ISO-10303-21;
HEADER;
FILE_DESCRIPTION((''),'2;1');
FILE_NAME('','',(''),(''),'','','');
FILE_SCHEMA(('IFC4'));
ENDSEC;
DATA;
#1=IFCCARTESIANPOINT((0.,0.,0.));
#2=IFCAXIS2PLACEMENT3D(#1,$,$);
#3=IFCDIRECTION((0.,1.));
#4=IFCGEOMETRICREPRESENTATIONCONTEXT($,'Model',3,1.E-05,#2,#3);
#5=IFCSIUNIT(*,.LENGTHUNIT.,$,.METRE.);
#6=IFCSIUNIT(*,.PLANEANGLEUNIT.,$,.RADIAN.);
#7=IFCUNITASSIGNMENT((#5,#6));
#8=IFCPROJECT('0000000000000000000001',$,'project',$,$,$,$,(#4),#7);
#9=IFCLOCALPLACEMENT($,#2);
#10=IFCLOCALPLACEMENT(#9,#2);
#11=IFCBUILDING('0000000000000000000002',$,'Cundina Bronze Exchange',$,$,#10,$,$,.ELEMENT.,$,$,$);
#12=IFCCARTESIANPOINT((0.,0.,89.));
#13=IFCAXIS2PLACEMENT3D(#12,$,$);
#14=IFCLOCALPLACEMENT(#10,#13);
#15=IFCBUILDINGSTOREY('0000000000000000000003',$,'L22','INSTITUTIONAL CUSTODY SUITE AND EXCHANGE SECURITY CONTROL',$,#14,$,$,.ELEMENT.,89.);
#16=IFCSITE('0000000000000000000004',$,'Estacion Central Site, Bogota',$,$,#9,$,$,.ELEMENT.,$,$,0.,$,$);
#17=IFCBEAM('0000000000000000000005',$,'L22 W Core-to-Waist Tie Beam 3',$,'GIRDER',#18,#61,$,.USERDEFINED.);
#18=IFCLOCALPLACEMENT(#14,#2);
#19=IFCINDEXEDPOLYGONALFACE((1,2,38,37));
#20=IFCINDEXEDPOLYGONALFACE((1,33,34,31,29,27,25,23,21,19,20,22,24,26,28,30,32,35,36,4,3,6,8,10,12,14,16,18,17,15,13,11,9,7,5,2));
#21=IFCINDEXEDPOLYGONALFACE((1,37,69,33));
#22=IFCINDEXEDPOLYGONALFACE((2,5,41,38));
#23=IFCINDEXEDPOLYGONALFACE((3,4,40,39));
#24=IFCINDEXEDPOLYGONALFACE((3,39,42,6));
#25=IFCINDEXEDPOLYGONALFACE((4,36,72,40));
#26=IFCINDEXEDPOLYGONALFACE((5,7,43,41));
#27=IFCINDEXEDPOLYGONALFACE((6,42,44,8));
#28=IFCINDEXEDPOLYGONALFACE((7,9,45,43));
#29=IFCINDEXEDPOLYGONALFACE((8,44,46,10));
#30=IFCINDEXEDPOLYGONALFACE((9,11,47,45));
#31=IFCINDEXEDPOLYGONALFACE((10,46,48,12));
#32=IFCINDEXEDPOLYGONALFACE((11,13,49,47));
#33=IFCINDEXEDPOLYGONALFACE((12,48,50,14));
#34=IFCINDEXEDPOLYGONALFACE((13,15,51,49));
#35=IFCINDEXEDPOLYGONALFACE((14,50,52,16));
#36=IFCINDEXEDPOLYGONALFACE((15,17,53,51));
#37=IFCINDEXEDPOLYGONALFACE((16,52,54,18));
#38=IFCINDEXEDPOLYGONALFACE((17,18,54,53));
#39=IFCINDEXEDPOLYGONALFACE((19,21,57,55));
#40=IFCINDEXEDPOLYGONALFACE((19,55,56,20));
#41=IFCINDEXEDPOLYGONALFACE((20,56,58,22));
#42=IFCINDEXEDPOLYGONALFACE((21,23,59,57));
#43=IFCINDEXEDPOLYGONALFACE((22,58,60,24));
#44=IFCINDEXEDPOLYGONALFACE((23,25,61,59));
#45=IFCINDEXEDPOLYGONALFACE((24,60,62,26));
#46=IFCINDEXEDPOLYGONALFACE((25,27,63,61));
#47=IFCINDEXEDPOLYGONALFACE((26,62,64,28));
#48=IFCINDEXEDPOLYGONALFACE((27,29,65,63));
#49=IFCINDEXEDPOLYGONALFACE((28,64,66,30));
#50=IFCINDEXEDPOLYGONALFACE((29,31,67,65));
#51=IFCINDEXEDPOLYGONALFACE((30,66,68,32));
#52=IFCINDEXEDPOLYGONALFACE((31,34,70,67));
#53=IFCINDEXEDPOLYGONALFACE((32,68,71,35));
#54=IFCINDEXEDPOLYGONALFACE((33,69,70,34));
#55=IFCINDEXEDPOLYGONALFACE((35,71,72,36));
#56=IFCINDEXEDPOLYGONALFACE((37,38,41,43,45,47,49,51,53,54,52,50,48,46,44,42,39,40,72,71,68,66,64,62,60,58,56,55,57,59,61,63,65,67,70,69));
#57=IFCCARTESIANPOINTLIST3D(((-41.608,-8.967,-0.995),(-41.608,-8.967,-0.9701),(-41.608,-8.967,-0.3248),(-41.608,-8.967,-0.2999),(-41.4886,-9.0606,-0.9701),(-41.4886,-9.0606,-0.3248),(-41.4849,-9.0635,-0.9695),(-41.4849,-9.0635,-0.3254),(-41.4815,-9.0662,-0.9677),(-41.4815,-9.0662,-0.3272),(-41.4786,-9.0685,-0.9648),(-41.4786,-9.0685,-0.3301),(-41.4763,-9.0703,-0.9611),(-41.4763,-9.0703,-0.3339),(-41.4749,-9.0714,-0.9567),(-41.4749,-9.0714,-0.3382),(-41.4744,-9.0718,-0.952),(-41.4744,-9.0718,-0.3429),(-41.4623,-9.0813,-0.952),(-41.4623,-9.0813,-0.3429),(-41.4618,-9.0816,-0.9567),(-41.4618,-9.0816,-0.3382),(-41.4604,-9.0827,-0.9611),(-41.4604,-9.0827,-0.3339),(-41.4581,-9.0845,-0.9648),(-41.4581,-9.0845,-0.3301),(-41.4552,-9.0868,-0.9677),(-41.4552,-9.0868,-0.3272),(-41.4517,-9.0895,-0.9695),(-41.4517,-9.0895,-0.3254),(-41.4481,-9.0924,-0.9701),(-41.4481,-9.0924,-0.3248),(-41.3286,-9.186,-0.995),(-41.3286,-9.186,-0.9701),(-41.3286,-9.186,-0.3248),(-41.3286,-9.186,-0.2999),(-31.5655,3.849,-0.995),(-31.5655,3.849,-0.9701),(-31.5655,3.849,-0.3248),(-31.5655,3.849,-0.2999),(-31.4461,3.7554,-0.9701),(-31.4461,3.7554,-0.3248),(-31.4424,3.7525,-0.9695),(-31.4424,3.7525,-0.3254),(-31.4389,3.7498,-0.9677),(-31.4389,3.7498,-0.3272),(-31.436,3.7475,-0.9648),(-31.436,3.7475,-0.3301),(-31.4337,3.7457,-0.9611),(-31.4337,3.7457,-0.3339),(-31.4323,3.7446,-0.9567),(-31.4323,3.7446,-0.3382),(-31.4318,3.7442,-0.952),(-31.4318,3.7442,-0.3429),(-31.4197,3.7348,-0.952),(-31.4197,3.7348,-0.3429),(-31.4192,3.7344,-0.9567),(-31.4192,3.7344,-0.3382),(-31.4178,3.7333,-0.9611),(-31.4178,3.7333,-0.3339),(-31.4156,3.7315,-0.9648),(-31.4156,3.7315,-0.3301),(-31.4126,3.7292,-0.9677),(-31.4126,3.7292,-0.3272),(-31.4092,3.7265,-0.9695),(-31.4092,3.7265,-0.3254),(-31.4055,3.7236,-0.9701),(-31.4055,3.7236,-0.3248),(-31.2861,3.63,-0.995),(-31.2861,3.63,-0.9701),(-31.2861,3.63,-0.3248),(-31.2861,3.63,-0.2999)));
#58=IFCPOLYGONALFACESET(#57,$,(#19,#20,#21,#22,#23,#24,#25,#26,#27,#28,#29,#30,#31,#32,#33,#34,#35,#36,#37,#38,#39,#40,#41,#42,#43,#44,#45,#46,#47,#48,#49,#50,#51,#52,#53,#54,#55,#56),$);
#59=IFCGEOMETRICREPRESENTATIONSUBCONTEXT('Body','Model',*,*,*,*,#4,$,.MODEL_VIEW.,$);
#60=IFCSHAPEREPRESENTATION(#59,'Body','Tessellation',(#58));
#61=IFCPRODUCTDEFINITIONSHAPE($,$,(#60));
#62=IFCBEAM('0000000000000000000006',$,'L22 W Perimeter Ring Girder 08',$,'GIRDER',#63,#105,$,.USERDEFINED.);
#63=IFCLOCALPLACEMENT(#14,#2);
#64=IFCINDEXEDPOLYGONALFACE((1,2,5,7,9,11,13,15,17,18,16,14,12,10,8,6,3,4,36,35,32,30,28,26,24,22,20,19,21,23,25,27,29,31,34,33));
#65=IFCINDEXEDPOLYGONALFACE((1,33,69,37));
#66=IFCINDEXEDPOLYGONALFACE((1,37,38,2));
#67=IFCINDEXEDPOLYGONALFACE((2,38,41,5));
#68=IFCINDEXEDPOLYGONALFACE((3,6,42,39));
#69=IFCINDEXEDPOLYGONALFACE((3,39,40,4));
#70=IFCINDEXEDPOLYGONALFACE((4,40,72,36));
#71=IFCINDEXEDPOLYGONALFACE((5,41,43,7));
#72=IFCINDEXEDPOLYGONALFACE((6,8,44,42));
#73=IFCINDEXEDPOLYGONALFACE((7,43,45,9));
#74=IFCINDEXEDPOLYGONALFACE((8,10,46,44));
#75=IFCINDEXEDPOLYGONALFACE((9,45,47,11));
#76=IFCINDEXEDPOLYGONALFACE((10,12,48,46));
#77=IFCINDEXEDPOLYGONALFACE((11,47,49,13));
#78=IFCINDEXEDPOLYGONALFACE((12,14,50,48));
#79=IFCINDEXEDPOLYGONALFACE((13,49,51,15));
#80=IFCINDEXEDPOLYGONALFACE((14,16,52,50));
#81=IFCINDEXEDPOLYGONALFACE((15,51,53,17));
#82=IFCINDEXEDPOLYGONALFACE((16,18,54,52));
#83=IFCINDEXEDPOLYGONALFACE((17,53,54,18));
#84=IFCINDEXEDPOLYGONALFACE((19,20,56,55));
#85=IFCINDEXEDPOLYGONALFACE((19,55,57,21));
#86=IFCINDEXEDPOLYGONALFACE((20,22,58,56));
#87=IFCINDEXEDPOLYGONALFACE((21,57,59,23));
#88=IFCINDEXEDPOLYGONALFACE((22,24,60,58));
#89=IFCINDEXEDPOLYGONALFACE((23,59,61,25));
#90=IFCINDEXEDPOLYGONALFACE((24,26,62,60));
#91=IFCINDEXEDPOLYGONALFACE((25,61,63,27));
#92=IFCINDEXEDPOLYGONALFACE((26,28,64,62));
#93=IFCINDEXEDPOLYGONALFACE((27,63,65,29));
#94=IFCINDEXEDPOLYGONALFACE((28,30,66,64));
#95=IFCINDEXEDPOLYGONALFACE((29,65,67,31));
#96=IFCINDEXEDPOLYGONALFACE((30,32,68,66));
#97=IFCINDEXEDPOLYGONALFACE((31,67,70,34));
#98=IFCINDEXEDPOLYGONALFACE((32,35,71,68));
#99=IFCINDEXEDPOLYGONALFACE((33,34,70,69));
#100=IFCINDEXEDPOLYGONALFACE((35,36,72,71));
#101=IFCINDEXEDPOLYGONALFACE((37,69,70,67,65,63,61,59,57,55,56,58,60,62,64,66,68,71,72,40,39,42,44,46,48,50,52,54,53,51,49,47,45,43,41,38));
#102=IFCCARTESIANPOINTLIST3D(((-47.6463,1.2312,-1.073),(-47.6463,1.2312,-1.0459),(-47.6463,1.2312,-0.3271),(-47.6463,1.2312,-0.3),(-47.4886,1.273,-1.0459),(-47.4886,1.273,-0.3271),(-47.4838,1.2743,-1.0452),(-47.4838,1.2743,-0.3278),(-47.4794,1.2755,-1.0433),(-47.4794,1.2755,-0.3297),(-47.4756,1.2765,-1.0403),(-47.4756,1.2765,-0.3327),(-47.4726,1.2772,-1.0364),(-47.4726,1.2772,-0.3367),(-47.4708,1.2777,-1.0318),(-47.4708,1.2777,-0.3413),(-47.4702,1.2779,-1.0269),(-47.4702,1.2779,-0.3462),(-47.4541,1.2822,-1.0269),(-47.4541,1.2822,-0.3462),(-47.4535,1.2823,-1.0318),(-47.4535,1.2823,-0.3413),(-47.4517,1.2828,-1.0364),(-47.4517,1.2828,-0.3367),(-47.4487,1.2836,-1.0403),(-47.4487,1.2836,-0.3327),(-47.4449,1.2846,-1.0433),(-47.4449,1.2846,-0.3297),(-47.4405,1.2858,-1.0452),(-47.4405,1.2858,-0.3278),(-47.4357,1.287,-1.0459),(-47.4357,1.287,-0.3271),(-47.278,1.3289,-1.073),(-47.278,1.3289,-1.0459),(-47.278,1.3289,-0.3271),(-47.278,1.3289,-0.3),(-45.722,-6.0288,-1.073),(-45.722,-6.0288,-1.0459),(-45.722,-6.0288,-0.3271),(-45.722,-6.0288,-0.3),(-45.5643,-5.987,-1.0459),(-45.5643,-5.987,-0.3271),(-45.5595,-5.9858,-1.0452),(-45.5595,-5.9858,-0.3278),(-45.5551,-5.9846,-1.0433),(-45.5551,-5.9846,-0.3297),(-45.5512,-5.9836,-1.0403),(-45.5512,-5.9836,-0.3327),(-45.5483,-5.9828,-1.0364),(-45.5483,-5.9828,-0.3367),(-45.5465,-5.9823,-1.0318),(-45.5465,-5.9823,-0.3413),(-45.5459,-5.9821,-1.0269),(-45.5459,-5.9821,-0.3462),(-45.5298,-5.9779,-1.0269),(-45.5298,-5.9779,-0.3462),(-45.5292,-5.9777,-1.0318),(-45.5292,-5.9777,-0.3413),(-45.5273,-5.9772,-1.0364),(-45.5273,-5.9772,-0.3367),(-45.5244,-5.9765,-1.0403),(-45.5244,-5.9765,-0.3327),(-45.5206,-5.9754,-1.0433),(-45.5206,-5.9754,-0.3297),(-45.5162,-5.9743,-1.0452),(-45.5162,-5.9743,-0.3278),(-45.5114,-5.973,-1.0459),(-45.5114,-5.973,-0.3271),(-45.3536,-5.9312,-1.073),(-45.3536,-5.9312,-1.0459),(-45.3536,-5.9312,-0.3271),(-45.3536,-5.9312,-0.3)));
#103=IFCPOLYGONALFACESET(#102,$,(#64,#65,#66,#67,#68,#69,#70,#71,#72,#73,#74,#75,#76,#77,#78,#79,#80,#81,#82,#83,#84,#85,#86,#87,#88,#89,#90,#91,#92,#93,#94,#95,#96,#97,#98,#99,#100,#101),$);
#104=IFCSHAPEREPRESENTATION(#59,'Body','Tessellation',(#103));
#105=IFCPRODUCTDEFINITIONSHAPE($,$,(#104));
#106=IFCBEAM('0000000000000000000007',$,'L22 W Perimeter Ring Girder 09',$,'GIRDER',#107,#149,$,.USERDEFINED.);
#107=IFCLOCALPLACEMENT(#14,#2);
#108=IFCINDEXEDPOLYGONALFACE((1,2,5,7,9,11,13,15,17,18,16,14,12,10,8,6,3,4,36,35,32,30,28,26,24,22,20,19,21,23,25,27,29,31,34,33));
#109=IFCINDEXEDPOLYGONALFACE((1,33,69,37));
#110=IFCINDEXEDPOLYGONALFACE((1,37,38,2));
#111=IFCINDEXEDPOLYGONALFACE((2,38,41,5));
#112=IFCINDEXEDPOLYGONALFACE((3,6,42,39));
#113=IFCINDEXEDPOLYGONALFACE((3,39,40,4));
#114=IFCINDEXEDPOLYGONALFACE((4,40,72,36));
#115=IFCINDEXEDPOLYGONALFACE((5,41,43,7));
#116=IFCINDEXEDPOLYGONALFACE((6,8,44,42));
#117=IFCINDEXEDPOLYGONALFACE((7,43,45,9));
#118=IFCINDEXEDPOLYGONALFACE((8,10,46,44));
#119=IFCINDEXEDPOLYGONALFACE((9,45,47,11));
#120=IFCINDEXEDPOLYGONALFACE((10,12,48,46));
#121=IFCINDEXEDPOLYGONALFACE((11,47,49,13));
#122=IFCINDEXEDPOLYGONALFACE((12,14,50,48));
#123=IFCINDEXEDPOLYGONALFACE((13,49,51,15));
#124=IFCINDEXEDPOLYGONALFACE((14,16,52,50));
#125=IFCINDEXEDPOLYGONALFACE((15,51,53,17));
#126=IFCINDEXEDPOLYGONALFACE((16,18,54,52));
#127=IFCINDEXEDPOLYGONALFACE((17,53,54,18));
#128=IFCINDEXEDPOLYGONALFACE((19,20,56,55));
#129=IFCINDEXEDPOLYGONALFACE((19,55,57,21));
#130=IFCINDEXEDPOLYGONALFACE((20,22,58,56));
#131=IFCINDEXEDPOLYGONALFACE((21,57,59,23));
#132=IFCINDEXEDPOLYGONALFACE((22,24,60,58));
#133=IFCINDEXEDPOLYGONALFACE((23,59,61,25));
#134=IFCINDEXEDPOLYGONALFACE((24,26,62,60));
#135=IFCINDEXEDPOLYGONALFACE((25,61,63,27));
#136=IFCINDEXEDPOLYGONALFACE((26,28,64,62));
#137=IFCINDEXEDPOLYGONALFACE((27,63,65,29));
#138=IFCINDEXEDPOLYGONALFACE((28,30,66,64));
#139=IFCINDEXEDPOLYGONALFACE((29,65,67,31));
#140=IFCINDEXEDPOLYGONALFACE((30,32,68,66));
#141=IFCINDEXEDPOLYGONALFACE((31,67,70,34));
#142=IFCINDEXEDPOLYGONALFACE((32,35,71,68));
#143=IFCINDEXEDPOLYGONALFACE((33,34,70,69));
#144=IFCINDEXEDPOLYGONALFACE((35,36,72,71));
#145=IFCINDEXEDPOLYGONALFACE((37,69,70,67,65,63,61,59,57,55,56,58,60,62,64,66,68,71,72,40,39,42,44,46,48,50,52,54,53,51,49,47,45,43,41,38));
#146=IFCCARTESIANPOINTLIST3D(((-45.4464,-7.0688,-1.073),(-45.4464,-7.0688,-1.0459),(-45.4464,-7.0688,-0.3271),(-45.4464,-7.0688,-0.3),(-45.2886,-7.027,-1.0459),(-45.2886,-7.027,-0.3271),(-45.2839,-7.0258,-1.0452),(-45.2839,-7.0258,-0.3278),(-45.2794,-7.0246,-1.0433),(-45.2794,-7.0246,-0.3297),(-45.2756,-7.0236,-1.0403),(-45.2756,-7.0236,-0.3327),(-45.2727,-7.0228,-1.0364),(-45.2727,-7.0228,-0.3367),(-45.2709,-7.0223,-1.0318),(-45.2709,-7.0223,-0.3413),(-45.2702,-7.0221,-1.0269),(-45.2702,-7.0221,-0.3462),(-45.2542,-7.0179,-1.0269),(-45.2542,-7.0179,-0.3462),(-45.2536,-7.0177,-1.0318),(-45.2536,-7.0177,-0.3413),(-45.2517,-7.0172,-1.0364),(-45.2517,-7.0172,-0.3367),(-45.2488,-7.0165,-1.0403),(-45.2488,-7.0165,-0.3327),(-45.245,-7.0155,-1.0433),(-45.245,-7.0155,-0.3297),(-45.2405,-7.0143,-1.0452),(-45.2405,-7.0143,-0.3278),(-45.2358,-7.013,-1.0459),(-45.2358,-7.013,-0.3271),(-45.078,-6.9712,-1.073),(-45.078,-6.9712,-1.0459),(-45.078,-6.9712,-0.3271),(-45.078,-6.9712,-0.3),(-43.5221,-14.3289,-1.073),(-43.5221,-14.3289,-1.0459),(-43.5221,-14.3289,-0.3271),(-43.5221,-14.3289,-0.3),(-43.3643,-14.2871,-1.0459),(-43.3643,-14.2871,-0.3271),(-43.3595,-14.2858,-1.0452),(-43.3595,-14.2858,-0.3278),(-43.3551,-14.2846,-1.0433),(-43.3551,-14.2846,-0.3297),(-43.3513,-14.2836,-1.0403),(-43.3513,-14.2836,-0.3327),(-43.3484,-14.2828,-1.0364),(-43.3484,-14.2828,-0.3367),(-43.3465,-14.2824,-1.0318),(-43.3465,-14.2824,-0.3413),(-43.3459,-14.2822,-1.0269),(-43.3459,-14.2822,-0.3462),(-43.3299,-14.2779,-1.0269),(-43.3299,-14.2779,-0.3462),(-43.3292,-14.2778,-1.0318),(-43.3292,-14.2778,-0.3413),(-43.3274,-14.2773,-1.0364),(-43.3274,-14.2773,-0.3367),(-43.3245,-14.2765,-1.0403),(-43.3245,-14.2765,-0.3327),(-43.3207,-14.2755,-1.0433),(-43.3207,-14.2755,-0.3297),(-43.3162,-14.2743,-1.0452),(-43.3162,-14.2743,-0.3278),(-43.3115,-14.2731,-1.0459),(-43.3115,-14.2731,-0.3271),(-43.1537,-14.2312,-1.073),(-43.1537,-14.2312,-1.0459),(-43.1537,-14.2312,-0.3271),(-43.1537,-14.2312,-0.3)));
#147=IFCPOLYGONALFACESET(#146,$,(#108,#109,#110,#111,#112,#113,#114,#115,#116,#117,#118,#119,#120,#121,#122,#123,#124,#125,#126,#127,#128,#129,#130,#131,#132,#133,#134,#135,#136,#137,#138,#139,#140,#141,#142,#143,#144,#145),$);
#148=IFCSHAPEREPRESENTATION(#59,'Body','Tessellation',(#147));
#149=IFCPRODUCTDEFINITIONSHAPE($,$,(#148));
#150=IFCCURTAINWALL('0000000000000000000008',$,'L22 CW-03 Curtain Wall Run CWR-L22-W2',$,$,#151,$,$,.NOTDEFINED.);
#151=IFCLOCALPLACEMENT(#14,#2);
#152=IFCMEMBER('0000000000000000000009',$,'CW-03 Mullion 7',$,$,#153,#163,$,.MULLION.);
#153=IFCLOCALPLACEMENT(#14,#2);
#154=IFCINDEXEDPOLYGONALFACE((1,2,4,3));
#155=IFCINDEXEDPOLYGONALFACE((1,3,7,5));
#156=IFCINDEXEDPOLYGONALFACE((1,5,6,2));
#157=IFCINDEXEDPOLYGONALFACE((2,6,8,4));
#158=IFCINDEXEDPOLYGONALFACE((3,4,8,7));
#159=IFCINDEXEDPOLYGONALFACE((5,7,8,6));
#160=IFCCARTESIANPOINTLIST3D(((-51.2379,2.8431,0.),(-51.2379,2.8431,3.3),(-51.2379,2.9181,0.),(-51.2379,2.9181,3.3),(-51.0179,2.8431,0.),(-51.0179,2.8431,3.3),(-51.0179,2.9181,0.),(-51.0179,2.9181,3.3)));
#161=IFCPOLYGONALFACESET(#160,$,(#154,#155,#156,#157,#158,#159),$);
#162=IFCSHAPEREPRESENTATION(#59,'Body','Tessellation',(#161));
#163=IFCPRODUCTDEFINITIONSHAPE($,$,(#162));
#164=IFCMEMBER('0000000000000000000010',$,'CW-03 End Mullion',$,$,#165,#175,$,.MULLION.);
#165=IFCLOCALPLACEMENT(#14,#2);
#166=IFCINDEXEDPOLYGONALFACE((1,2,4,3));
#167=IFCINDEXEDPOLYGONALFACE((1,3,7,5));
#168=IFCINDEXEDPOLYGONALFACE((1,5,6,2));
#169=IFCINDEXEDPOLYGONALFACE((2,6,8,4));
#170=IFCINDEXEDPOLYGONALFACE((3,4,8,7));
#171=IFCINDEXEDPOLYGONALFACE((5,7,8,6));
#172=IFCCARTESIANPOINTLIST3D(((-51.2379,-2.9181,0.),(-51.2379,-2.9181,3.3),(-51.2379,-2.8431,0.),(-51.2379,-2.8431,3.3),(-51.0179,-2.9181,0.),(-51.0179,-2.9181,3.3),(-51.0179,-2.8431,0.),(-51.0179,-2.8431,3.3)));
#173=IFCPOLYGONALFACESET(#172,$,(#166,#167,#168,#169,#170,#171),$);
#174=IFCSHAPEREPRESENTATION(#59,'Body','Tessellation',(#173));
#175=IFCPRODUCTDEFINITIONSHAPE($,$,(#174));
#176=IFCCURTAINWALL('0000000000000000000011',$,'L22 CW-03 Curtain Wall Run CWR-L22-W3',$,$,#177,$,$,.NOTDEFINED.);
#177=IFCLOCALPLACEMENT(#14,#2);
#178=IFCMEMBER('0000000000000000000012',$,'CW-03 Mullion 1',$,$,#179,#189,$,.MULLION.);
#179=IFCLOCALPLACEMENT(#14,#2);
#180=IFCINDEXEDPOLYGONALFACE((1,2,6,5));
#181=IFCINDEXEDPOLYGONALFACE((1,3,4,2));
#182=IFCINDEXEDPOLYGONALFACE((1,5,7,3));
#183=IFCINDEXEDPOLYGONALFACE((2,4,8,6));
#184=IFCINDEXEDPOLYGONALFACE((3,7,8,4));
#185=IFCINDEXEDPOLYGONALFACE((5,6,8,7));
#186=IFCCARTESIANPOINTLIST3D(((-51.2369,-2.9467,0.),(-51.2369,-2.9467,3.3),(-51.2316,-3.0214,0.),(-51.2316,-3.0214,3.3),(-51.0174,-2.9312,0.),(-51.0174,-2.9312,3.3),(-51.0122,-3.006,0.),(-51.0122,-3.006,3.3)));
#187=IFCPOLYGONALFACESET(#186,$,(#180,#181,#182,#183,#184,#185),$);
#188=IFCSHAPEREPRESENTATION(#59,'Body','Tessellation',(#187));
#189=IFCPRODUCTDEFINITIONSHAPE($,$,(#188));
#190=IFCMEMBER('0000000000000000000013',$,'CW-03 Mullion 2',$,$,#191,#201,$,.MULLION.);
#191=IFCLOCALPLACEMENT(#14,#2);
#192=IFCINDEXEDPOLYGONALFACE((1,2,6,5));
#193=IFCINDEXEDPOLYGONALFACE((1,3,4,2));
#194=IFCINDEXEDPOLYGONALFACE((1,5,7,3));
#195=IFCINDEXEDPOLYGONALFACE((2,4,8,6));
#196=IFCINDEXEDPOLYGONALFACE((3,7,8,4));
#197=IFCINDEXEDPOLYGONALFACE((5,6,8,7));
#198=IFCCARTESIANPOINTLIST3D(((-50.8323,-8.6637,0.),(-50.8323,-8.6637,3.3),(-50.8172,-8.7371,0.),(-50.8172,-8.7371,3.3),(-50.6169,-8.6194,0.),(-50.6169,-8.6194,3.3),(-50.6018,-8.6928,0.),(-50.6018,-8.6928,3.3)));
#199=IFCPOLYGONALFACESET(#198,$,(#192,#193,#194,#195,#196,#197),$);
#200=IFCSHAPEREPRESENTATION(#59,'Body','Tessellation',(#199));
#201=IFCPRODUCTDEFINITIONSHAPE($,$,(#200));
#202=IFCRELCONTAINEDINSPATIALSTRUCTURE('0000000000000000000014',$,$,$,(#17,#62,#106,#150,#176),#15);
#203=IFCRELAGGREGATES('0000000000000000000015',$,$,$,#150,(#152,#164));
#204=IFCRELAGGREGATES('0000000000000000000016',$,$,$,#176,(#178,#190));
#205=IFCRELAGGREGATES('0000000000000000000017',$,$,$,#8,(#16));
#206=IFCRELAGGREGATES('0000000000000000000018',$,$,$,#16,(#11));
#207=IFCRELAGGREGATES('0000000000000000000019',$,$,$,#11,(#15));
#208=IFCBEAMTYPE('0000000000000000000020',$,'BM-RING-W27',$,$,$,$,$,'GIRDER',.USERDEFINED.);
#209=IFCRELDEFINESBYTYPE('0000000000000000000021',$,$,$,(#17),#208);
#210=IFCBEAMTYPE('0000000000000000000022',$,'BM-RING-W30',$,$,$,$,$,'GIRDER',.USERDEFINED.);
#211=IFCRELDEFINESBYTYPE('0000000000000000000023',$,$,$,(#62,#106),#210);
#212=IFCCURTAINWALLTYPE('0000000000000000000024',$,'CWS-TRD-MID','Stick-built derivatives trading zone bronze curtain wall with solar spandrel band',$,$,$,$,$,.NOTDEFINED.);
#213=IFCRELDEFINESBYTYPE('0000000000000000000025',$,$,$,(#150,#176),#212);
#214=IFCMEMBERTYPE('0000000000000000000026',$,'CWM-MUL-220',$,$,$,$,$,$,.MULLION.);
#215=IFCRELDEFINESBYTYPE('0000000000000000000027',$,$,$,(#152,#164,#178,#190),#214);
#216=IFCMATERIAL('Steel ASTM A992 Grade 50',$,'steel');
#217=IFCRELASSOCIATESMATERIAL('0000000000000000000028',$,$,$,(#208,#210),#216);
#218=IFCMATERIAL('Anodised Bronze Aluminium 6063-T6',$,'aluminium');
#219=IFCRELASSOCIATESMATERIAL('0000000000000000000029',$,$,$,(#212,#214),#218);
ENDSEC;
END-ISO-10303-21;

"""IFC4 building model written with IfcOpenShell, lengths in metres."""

from ifc_helpers import new_model, si_unit, direction, frame, origin, origin_2d, place, context, subcontext, project, spatial, rectangle, i_section, extrude, material, material_profile, profile_set, type_object, element, aggregate, save


model = new_model("IFC4")

# Units and contexts
model_context = context("Model", 3, precision=1e-05, world=origin(), true_north=direction((0.0, 1.0)))
body_context = subcontext(model_context, "Body", "Model", "MODEL_VIEW")
ifc_project = project(units=[si_unit("LENGTHUNIT", "METRE"), si_unit("PLANEANGLEUNIT", "RADIAN")], contexts=[model_context])

# Site, building, storey
site_placement = place(None, origin())
site = spatial("IfcSite", under=ifc_project, at=site_placement, Name="Estacion Central Site, Bogota", CompositionType="ELEMENT", RefElevation=0.0)
building_placement = place(site_placement, origin())
building = spatial("IfcBuilding", under=site, at=building_placement, Name="Cundina Bronze Exchange", CompositionType="ELEMENT")
storey_placement = place(building_placement, frame((0.0, 0.0, 89.0)))
storey = spatial("IfcBuildingStorey", under=building, at=storey_placement, Name="L22", Description="INSTITUTIONAL CUSTODY SUITE AND EXCHANGE SECURITY CONTROL", CompositionType="ELEMENT", Elevation=89.0)

# Shared definitions
ifc_material_1 = material(Name="Steel ASTM A992 Grade 50", Category="steel")

# Beams
ifc_material_profile_1 = material_profile(ifc_material_1, i_section(OverallWidth=0.355, OverallDepth=0.6951, WebThickness=0.0154, FlangeThickness=0.0249, FilletRadius=0.0181, at=origin_2d()), Name="W27X146", Category="steel")
ifc_profile_set_1 = profile_set([ifc_material_profile_1], Name="Steel ASTM A992 Grade 50")
beam_type_1 = type_object("IfcBeamType", Name="BM-RING-W27", ElementType="GIRDER", PredefinedType="USERDEFINED", material=ifc_profile_set_1)
beam_1_placement = place(storey_placement, frame((-31.4258, 3.7395, -0.6475), z_axis=(-0.616789, -0.787128, 0.0), x_axis=(0.787128, -0.616789, 0.0)))
element("IfcBeam", 1, at=beam_1_placement, inside=storey, type_object=beam_type_1, Name="L22 W Core-to-Waist Tie Beam 3", ObjectType="GIRDER", PredefinedType="USERDEFINED", context=body_context, shape_type="SweptSolid", body=[
    extrude(i_section(OverallWidth=0.355, OverallDepth=0.6951, WebThickness=0.0154, FlangeThickness=0.0249, FilletRadius=0.0181, at=origin_2d()), origin(), (0.0, 0.0, 1.0), 16.282),
])
ifc_material_profile_2 = material_profile(ifc_material_1, i_section(OverallWidth=0.3811, OverallDepth=0.7729, WebThickness=0.0166, FlangeThickness=0.0271, FilletRadius=0.019, at=origin_2d()), Name="W30X173", Category="steel")
ifc_profile_set_2 = profile_set([ifc_material_profile_2], Name="Steel ASTM A992 Grade 50")
beam_type_2 = type_object("IfcBeamType", Name="BM-RING-W30", ElementType="GIRDER", PredefinedType="USERDEFINED", material=ifc_profile_set_2)
for number, where, z_axis, x_axis, name in (
    (2, (-47.4622, 1.28, -0.6865), (0.25621, -0.966621, 0.0), (0.966621, 0.25621, 0.0), "L22 W Perimeter Ring Girder 08"),
    (3, (-45.2622, -7.02, -0.6865), (0.25621, -0.966621, 0.0), (0.966621, 0.25621, 0.0), "L22 W Perimeter Ring Girder 09"),
):
    element("IfcBeam", number, at=place(storey_placement, frame(where, z_axis=z_axis, x_axis=x_axis)), inside=storey, type_object=beam_type_2, Name=name, ObjectType="GIRDER", PredefinedType="USERDEFINED", context=body_context, shape_type="SweptSolid", body=[
        extrude(i_section(OverallWidth=0.3811, OverallDepth=0.7729, WebThickness=0.0166, FlangeThickness=0.0271, FilletRadius=0.019, at=origin_2d()), origin(), (0.0, 0.0, 1.0), 7.5107),
    ])

# Curtain walls, members
ifc_material_2 = material(Name="Anodised Bronze Aluminium 6063-T6", Category="aluminium")
curtain_wall_type = type_object("IfcCurtainWallType", Name="CWS-TRD-MID", Description="Stick-built derivatives trading zone bronze curtain wall with solar spandrel band", PredefinedType="NOTDEFINED", material=ifc_material_2)
curtain_wall_1_placement = place(storey_placement, origin())
curtain_wall_1 = element("IfcCurtainWall", 4, at=curtain_wall_1_placement, inside=storey, type_object=curtain_wall_type, Name="L22 CW-03 Curtain Wall Run CWR-L22-W2", PredefinedType="NOTDEFINED")
ifc_material_profile_3 = material_profile(ifc_material_2, rectangle(XDim=0.075, YDim=0.22, at=origin_2d()), Name="AL75X220", Category="aluminium")
ifc_profile_set_3 = profile_set([ifc_material_profile_3], Name="Anodised Bronze Aluminium 6063-T6")
member_type_1 = type_object("IfcMemberType", Name="CWM-MUL-220", PredefinedType="MULLION", material=ifc_profile_set_3)
member_1_placement = place(storey_placement, frame((-51.1279, 2.8806, 0.0), z_axis=(0.0, 0.0, 1.0), x_axis=(0.0, -1.0, 0.0)))
member_1 = element("IfcMember", 5, at=member_1_placement, type_object=member_type_1, Name="CW-03 Mullion 7", PredefinedType="MULLION", context=body_context, shape_type="SweptSolid", body=[
    extrude(rectangle(XDim=0.075, YDim=0.22, at=origin_2d()), origin(), (0.0, 0.0, 1.0), 3.3),
])
member_2_placement = place(storey_placement, frame((-51.1279, -2.8806, 0.0), z_axis=(0.0, 0.0, 1.0), x_axis=(0.0, -1.0, 0.0)))
member_2 = element("IfcMember", 6, at=member_2_placement, type_object=member_type_1, Name="CW-03 End Mullion", PredefinedType="MULLION", context=body_context, shape_type="SweptSolid", body=[
    extrude(rectangle(XDim=0.075, YDim=0.22, at=origin_2d()), origin(), (0.0, 0.0, 1.0), 3.3),
])
curtain_wall_2_placement = place(storey_placement, origin())
curtain_wall_2 = element("IfcCurtainWall", 7, at=curtain_wall_2_placement, inside=storey, type_object=curtain_wall_type, Name="L22 CW-03 Curtain Wall Run CWR-L22-W3", PredefinedType="NOTDEFINED")
member_3_placement = place(storey_placement, frame((-51.1245, -2.9763, 0.0), z_axis=(0.0, 0.0, 1.0), x_axis=(0.070279, -0.997527, 0.0)))
member_3 = element("IfcMember", 8, at=member_3_placement, type_object=member_type_1, Name="CW-03 Mullion 1", PredefinedType="MULLION", context=body_context, shape_type="SweptSolid", body=[
    extrude(rectangle(XDim=0.075, YDim=0.22, at=origin_2d()), origin(), (0.0, 0.0, 1.0), 3.3),
])
member_4_placement = place(storey_placement, frame((-50.717, -8.6782, 0.0), z_axis=(0.0, 0.0, 1.0), x_axis=(0.20142, -0.979505, 0.0)))
member_4 = element("IfcMember", 9, at=member_4_placement, type_object=member_type_1, Name="CW-03 Mullion 2", PredefinedType="MULLION", context=body_context, shape_type="SweptSolid", body=[
    extrude(rectangle(XDim=0.075, YDim=0.22, at=origin_2d()), origin(), (0.0, 0.0, 1.0), 3.3),
])

aggregate(curtain_wall_1, [member_1, member_2])
aggregate(curtain_wall_2, [member_3, member_4])

save(model, "model.ifc")
